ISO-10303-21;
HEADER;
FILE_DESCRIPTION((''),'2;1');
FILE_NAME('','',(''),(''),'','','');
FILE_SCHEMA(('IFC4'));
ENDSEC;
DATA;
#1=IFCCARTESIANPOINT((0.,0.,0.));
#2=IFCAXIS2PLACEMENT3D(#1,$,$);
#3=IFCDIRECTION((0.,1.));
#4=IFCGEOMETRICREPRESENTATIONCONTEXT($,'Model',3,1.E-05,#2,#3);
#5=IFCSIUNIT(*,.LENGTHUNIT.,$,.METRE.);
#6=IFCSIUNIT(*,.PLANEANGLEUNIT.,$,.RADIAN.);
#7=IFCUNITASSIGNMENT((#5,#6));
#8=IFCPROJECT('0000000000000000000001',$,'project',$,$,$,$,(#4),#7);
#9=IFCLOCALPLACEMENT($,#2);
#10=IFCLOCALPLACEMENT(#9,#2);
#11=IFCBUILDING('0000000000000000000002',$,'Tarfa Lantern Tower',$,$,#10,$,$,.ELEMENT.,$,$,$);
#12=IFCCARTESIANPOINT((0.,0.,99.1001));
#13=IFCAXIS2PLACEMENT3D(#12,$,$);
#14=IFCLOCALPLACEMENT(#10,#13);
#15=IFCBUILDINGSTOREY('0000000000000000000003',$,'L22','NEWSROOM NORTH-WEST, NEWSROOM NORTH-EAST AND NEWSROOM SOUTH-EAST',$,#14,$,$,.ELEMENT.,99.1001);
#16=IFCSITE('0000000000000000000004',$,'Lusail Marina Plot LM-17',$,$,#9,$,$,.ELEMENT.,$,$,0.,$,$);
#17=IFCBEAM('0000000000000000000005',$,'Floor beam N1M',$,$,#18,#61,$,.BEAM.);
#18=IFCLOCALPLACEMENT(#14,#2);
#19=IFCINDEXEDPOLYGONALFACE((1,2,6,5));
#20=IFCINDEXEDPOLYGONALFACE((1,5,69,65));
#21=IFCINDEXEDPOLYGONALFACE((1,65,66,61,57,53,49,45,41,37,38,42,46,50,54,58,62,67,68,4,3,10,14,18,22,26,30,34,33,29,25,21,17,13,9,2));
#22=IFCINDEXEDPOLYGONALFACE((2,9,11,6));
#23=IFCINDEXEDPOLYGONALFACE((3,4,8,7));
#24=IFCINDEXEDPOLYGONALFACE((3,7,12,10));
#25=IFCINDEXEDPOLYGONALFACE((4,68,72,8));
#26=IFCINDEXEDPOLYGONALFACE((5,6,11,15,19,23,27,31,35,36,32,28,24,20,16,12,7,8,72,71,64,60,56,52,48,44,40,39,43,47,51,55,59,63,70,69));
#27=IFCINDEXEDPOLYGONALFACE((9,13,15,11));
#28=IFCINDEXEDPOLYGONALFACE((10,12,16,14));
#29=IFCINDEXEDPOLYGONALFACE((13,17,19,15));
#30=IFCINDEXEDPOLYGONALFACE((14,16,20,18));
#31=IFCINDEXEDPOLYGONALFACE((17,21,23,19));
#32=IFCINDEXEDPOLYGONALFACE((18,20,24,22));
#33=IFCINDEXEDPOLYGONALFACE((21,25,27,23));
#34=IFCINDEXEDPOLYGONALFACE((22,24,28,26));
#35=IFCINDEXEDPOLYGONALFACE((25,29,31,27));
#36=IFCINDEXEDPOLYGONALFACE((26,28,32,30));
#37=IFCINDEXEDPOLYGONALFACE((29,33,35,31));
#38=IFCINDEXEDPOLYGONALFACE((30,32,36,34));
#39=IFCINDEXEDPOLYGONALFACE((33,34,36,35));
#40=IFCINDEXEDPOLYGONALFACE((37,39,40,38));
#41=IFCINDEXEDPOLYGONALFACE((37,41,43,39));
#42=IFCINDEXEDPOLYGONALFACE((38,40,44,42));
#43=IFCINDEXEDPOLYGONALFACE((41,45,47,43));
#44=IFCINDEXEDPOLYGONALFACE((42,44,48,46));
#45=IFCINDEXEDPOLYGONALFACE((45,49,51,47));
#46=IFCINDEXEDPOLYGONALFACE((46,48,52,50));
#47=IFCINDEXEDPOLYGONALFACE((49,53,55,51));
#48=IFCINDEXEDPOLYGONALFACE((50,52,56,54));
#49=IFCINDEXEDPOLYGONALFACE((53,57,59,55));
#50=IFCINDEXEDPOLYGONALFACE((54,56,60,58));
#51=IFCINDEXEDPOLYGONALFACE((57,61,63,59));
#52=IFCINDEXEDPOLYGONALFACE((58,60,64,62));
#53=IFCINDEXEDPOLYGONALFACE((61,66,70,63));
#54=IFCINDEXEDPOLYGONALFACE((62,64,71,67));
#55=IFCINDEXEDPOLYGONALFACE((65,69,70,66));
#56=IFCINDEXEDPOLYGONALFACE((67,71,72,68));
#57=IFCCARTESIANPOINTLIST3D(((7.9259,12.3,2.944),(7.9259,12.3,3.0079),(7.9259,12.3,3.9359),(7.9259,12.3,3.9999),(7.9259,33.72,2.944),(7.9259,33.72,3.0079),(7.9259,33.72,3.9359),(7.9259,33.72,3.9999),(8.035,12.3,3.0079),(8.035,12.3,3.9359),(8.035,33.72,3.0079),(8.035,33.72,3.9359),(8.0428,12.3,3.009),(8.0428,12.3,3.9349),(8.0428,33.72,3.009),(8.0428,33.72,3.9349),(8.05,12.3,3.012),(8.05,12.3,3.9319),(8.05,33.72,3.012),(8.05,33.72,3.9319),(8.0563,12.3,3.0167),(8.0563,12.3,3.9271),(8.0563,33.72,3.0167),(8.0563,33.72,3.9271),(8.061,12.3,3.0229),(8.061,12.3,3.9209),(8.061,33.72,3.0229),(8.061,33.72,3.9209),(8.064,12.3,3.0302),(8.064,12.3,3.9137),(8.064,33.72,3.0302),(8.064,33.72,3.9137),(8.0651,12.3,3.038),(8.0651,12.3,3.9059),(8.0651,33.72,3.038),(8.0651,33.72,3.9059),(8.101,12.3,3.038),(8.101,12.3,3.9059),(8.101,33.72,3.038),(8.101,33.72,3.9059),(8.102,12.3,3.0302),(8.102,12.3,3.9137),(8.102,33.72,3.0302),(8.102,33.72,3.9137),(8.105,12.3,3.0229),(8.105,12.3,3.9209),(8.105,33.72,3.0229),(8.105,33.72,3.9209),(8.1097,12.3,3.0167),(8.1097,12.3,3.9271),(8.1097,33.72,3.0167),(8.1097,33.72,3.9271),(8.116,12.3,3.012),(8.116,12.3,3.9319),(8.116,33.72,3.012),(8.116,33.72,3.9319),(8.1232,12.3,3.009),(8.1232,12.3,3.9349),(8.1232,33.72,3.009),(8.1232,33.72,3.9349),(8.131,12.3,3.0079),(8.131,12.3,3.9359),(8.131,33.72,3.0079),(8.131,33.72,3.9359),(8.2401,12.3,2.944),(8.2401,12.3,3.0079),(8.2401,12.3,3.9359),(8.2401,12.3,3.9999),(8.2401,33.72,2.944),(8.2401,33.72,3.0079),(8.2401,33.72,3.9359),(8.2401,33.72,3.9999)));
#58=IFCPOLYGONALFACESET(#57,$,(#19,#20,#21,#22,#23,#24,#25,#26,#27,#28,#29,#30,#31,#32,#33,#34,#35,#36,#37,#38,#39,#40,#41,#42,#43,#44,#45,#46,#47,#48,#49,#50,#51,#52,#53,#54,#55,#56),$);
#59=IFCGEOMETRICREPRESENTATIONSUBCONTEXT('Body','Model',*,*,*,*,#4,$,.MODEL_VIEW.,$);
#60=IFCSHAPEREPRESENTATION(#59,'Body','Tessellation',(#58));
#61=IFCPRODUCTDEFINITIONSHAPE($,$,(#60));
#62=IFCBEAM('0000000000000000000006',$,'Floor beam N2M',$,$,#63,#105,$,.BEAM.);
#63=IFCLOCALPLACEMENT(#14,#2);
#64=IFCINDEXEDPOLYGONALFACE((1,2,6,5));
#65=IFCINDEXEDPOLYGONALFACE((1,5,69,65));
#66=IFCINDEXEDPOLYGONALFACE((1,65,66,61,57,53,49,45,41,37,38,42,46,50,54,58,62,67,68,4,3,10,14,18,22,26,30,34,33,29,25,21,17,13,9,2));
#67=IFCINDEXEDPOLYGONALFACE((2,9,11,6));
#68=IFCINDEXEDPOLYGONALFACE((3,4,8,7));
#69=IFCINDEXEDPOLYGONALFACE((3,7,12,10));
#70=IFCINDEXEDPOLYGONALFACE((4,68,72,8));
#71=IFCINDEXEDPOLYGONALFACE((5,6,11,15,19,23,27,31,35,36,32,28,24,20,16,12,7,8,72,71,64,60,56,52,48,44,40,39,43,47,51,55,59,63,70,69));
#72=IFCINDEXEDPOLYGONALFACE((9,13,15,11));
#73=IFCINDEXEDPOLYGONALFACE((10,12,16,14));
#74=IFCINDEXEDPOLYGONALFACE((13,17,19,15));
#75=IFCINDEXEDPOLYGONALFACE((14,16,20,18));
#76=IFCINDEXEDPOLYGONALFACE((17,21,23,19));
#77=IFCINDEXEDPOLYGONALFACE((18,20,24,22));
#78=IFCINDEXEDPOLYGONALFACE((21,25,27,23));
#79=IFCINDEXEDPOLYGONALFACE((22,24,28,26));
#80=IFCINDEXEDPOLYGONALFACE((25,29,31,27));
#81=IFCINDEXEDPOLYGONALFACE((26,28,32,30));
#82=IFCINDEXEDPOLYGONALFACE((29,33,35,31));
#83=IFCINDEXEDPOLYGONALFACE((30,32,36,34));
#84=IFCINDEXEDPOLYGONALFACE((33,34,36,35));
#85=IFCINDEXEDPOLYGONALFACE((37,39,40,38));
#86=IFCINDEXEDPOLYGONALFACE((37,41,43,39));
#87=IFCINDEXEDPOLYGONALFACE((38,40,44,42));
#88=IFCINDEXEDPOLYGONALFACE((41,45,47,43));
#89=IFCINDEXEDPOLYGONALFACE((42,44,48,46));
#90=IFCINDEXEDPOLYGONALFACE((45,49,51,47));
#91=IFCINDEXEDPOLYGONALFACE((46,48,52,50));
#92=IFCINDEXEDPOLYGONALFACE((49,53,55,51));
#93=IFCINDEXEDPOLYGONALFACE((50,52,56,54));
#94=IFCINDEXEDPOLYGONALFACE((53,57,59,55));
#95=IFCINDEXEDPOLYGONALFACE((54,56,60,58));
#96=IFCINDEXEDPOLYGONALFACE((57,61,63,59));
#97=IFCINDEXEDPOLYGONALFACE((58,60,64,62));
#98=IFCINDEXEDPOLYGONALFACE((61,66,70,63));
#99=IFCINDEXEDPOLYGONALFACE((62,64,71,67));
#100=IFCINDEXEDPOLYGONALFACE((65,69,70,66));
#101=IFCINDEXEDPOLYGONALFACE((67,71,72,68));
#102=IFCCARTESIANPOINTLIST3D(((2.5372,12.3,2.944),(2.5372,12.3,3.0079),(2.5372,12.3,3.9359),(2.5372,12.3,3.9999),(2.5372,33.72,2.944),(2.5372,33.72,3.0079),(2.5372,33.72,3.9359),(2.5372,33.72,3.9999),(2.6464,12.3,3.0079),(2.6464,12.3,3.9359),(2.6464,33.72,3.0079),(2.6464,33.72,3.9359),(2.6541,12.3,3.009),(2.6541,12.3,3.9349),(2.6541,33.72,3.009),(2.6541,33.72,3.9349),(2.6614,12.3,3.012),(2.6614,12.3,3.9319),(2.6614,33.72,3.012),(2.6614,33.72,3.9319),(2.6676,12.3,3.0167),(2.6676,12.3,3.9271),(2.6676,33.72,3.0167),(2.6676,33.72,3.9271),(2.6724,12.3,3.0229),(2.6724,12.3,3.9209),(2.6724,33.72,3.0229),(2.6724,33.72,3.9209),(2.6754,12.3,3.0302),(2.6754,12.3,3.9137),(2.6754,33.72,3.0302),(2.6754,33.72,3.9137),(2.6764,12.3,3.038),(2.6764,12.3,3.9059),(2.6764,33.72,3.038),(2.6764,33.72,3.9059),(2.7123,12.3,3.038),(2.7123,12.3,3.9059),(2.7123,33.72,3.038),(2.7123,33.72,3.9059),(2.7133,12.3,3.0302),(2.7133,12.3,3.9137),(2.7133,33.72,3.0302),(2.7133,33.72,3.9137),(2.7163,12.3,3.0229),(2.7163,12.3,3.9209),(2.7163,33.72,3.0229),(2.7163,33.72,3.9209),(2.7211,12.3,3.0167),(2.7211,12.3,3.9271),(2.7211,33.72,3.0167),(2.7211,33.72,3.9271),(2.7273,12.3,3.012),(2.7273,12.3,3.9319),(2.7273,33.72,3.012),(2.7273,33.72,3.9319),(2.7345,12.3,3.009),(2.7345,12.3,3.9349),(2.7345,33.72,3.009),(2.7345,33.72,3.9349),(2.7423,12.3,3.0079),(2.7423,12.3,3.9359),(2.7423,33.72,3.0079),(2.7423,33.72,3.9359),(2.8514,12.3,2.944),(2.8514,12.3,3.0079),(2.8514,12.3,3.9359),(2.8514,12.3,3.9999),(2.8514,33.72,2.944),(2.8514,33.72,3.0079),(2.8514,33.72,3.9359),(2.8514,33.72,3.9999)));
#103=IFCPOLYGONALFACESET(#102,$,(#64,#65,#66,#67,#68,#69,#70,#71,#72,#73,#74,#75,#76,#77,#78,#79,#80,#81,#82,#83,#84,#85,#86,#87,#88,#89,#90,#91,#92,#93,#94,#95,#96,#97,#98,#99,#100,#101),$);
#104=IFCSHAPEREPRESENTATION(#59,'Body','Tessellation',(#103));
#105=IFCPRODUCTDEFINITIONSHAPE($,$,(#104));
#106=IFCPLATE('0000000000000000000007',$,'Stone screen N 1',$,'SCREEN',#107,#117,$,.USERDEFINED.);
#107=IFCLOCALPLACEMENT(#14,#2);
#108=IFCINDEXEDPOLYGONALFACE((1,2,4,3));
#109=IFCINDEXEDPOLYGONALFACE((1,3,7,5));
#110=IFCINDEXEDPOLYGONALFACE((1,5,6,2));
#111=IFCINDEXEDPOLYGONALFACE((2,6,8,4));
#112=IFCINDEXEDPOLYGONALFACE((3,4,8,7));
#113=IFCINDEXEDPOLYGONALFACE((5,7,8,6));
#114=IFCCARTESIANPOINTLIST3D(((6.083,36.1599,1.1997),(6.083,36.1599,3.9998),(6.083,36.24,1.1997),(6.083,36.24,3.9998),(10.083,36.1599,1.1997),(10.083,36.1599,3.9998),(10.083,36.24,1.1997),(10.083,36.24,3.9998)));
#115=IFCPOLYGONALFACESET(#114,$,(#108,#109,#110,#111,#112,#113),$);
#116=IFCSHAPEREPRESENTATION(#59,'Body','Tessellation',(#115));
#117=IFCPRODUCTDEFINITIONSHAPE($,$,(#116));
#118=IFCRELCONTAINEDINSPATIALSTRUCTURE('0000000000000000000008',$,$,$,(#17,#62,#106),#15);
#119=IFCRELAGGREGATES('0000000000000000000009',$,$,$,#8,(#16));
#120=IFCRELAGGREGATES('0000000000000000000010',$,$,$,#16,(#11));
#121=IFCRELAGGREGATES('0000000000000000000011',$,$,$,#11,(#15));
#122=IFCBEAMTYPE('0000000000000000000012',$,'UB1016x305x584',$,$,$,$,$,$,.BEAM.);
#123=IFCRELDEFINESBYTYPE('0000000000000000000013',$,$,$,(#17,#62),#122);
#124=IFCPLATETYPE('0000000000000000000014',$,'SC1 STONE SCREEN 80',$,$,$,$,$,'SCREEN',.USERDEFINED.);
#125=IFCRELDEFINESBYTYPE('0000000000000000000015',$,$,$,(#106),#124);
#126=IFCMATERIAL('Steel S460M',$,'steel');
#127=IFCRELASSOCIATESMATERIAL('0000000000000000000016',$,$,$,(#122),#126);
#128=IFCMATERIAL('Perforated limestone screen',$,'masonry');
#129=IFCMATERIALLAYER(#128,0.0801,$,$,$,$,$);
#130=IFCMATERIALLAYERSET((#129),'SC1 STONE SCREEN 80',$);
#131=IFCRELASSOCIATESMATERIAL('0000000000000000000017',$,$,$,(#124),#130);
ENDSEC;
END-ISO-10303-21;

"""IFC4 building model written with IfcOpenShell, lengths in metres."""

from ifc_helpers import new_model, si_unit, direction, frame, origin, origin_2d, place, context, subcontext, project, spatial, rectangle, i_section, extrude, material, layer, layer_set, material_profile, profile_set, type_object, element, save


model = new_model("IFC4")

# Units and contexts
model_context = context("Model", 3, precision=1e-05, world=origin(), true_north=direction((0.0, 1.0)))
body_context = subcontext(model_context, "Body", "Model", "MODEL_VIEW")
ifc_project = project(units=[si_unit("LENGTHUNIT", "METRE"), si_unit("PLANEANGLEUNIT", "RADIAN")], contexts=[model_context])

# Site, building, storey
site_placement = place(None, origin())
site = spatial("IfcSite", under=ifc_project, at=site_placement, Name="Lusail Marina Plot LM-17", CompositionType="ELEMENT", RefElevation=0.0)
building_placement = place(site_placement, origin())
building = spatial("IfcBuilding", under=site, at=building_placement, Name="Tarfa Lantern Tower", CompositionType="ELEMENT")
storey_placement = place(building_placement, frame((0.0, 0.0, 99.1001)))
storey = spatial("IfcBuildingStorey", under=building, at=storey_placement, Name="L22", Description="NEWSROOM NORTH-WEST, NEWSROOM NORTH-EAST AND NEWSROOM SOUTH-EAST", CompositionType="ELEMENT", Elevation=99.1001)

# Beams
ifc_material_1 = material(Name="Steel S460M", Category="steel")
ifc_material_profile_1 = material_profile(ifc_material_1, i_section(OverallWidth=0.3142, OverallDepth=1.0559, WebThickness=0.0359, FlangeThickness=0.064, FilletRadius=0.03, at=origin_2d()), Name="UB1016x305x584")
ifc_profile_set_1 = profile_set([ifc_material_profile_1], Name="Steel S460M")
beam_type_1 = type_object("IfcBeamType", Name="UB1016x305x584", PredefinedType="BEAM", material=ifc_profile_set_1)
for number, where, z_axis, x_axis, name in (
    (1, (8.083, 33.72, 3.4719), (0.0, -1.0, 0.0), (1.0, 0.0, 0.0), "Floor beam N1M"),
    (2, (2.6943, 33.72, 3.4719), (0.0, -1.0, 0.0), (1.0, 0.0, 0.0), "Floor beam N2M"),
):
    element("IfcBeam", number, at=place(storey_placement, frame(where, z_axis=z_axis, x_axis=x_axis)), inside=storey, type_object=beam_type_1, Name=name, PredefinedType="BEAM", context=body_context, shape_type="SweptSolid", body=[
        extrude(i_section(OverallWidth=0.3142, OverallDepth=1.0559, WebThickness=0.0359, FlangeThickness=0.064, FilletRadius=0.03, at=origin_2d()), origin(), (0.0, 0.0, 1.0), 21.4199),
    ])

# Plate
ifc_material_2 = material(Name="Perforated limestone screen", Category="masonry")
ifc_layer_1 = layer(ifc_material_2, 0.0801)
ifc_layer_set_1 = layer_set([ifc_layer_1], Name="SC1 STONE SCREEN 80")
plate_type = type_object("IfcPlateType", Name="SC1 STONE SCREEN 80", ElementType="SCREEN", PredefinedType="USERDEFINED", material=ifc_layer_set_1)
plate_placement = place(storey_placement, frame((8.083, 36.2, 1.1997), z_axis=(0.0, 0.0, 1.0), x_axis=(-1.0, 0.0, 0.0)))
element("IfcPlate", 3, at=plate_placement, inside=storey, type_object=plate_type, Name="Stone screen N 1", ObjectType="SCREEN", PredefinedType="USERDEFINED", context=body_context, shape_type="SweptSolid", body=[
    extrude(rectangle(XDim=4.0, YDim=0.0801, at=origin_2d()), origin(), (0.0, 0.0, 1.0), 2.8),
])

save(model, "model.ifc")
